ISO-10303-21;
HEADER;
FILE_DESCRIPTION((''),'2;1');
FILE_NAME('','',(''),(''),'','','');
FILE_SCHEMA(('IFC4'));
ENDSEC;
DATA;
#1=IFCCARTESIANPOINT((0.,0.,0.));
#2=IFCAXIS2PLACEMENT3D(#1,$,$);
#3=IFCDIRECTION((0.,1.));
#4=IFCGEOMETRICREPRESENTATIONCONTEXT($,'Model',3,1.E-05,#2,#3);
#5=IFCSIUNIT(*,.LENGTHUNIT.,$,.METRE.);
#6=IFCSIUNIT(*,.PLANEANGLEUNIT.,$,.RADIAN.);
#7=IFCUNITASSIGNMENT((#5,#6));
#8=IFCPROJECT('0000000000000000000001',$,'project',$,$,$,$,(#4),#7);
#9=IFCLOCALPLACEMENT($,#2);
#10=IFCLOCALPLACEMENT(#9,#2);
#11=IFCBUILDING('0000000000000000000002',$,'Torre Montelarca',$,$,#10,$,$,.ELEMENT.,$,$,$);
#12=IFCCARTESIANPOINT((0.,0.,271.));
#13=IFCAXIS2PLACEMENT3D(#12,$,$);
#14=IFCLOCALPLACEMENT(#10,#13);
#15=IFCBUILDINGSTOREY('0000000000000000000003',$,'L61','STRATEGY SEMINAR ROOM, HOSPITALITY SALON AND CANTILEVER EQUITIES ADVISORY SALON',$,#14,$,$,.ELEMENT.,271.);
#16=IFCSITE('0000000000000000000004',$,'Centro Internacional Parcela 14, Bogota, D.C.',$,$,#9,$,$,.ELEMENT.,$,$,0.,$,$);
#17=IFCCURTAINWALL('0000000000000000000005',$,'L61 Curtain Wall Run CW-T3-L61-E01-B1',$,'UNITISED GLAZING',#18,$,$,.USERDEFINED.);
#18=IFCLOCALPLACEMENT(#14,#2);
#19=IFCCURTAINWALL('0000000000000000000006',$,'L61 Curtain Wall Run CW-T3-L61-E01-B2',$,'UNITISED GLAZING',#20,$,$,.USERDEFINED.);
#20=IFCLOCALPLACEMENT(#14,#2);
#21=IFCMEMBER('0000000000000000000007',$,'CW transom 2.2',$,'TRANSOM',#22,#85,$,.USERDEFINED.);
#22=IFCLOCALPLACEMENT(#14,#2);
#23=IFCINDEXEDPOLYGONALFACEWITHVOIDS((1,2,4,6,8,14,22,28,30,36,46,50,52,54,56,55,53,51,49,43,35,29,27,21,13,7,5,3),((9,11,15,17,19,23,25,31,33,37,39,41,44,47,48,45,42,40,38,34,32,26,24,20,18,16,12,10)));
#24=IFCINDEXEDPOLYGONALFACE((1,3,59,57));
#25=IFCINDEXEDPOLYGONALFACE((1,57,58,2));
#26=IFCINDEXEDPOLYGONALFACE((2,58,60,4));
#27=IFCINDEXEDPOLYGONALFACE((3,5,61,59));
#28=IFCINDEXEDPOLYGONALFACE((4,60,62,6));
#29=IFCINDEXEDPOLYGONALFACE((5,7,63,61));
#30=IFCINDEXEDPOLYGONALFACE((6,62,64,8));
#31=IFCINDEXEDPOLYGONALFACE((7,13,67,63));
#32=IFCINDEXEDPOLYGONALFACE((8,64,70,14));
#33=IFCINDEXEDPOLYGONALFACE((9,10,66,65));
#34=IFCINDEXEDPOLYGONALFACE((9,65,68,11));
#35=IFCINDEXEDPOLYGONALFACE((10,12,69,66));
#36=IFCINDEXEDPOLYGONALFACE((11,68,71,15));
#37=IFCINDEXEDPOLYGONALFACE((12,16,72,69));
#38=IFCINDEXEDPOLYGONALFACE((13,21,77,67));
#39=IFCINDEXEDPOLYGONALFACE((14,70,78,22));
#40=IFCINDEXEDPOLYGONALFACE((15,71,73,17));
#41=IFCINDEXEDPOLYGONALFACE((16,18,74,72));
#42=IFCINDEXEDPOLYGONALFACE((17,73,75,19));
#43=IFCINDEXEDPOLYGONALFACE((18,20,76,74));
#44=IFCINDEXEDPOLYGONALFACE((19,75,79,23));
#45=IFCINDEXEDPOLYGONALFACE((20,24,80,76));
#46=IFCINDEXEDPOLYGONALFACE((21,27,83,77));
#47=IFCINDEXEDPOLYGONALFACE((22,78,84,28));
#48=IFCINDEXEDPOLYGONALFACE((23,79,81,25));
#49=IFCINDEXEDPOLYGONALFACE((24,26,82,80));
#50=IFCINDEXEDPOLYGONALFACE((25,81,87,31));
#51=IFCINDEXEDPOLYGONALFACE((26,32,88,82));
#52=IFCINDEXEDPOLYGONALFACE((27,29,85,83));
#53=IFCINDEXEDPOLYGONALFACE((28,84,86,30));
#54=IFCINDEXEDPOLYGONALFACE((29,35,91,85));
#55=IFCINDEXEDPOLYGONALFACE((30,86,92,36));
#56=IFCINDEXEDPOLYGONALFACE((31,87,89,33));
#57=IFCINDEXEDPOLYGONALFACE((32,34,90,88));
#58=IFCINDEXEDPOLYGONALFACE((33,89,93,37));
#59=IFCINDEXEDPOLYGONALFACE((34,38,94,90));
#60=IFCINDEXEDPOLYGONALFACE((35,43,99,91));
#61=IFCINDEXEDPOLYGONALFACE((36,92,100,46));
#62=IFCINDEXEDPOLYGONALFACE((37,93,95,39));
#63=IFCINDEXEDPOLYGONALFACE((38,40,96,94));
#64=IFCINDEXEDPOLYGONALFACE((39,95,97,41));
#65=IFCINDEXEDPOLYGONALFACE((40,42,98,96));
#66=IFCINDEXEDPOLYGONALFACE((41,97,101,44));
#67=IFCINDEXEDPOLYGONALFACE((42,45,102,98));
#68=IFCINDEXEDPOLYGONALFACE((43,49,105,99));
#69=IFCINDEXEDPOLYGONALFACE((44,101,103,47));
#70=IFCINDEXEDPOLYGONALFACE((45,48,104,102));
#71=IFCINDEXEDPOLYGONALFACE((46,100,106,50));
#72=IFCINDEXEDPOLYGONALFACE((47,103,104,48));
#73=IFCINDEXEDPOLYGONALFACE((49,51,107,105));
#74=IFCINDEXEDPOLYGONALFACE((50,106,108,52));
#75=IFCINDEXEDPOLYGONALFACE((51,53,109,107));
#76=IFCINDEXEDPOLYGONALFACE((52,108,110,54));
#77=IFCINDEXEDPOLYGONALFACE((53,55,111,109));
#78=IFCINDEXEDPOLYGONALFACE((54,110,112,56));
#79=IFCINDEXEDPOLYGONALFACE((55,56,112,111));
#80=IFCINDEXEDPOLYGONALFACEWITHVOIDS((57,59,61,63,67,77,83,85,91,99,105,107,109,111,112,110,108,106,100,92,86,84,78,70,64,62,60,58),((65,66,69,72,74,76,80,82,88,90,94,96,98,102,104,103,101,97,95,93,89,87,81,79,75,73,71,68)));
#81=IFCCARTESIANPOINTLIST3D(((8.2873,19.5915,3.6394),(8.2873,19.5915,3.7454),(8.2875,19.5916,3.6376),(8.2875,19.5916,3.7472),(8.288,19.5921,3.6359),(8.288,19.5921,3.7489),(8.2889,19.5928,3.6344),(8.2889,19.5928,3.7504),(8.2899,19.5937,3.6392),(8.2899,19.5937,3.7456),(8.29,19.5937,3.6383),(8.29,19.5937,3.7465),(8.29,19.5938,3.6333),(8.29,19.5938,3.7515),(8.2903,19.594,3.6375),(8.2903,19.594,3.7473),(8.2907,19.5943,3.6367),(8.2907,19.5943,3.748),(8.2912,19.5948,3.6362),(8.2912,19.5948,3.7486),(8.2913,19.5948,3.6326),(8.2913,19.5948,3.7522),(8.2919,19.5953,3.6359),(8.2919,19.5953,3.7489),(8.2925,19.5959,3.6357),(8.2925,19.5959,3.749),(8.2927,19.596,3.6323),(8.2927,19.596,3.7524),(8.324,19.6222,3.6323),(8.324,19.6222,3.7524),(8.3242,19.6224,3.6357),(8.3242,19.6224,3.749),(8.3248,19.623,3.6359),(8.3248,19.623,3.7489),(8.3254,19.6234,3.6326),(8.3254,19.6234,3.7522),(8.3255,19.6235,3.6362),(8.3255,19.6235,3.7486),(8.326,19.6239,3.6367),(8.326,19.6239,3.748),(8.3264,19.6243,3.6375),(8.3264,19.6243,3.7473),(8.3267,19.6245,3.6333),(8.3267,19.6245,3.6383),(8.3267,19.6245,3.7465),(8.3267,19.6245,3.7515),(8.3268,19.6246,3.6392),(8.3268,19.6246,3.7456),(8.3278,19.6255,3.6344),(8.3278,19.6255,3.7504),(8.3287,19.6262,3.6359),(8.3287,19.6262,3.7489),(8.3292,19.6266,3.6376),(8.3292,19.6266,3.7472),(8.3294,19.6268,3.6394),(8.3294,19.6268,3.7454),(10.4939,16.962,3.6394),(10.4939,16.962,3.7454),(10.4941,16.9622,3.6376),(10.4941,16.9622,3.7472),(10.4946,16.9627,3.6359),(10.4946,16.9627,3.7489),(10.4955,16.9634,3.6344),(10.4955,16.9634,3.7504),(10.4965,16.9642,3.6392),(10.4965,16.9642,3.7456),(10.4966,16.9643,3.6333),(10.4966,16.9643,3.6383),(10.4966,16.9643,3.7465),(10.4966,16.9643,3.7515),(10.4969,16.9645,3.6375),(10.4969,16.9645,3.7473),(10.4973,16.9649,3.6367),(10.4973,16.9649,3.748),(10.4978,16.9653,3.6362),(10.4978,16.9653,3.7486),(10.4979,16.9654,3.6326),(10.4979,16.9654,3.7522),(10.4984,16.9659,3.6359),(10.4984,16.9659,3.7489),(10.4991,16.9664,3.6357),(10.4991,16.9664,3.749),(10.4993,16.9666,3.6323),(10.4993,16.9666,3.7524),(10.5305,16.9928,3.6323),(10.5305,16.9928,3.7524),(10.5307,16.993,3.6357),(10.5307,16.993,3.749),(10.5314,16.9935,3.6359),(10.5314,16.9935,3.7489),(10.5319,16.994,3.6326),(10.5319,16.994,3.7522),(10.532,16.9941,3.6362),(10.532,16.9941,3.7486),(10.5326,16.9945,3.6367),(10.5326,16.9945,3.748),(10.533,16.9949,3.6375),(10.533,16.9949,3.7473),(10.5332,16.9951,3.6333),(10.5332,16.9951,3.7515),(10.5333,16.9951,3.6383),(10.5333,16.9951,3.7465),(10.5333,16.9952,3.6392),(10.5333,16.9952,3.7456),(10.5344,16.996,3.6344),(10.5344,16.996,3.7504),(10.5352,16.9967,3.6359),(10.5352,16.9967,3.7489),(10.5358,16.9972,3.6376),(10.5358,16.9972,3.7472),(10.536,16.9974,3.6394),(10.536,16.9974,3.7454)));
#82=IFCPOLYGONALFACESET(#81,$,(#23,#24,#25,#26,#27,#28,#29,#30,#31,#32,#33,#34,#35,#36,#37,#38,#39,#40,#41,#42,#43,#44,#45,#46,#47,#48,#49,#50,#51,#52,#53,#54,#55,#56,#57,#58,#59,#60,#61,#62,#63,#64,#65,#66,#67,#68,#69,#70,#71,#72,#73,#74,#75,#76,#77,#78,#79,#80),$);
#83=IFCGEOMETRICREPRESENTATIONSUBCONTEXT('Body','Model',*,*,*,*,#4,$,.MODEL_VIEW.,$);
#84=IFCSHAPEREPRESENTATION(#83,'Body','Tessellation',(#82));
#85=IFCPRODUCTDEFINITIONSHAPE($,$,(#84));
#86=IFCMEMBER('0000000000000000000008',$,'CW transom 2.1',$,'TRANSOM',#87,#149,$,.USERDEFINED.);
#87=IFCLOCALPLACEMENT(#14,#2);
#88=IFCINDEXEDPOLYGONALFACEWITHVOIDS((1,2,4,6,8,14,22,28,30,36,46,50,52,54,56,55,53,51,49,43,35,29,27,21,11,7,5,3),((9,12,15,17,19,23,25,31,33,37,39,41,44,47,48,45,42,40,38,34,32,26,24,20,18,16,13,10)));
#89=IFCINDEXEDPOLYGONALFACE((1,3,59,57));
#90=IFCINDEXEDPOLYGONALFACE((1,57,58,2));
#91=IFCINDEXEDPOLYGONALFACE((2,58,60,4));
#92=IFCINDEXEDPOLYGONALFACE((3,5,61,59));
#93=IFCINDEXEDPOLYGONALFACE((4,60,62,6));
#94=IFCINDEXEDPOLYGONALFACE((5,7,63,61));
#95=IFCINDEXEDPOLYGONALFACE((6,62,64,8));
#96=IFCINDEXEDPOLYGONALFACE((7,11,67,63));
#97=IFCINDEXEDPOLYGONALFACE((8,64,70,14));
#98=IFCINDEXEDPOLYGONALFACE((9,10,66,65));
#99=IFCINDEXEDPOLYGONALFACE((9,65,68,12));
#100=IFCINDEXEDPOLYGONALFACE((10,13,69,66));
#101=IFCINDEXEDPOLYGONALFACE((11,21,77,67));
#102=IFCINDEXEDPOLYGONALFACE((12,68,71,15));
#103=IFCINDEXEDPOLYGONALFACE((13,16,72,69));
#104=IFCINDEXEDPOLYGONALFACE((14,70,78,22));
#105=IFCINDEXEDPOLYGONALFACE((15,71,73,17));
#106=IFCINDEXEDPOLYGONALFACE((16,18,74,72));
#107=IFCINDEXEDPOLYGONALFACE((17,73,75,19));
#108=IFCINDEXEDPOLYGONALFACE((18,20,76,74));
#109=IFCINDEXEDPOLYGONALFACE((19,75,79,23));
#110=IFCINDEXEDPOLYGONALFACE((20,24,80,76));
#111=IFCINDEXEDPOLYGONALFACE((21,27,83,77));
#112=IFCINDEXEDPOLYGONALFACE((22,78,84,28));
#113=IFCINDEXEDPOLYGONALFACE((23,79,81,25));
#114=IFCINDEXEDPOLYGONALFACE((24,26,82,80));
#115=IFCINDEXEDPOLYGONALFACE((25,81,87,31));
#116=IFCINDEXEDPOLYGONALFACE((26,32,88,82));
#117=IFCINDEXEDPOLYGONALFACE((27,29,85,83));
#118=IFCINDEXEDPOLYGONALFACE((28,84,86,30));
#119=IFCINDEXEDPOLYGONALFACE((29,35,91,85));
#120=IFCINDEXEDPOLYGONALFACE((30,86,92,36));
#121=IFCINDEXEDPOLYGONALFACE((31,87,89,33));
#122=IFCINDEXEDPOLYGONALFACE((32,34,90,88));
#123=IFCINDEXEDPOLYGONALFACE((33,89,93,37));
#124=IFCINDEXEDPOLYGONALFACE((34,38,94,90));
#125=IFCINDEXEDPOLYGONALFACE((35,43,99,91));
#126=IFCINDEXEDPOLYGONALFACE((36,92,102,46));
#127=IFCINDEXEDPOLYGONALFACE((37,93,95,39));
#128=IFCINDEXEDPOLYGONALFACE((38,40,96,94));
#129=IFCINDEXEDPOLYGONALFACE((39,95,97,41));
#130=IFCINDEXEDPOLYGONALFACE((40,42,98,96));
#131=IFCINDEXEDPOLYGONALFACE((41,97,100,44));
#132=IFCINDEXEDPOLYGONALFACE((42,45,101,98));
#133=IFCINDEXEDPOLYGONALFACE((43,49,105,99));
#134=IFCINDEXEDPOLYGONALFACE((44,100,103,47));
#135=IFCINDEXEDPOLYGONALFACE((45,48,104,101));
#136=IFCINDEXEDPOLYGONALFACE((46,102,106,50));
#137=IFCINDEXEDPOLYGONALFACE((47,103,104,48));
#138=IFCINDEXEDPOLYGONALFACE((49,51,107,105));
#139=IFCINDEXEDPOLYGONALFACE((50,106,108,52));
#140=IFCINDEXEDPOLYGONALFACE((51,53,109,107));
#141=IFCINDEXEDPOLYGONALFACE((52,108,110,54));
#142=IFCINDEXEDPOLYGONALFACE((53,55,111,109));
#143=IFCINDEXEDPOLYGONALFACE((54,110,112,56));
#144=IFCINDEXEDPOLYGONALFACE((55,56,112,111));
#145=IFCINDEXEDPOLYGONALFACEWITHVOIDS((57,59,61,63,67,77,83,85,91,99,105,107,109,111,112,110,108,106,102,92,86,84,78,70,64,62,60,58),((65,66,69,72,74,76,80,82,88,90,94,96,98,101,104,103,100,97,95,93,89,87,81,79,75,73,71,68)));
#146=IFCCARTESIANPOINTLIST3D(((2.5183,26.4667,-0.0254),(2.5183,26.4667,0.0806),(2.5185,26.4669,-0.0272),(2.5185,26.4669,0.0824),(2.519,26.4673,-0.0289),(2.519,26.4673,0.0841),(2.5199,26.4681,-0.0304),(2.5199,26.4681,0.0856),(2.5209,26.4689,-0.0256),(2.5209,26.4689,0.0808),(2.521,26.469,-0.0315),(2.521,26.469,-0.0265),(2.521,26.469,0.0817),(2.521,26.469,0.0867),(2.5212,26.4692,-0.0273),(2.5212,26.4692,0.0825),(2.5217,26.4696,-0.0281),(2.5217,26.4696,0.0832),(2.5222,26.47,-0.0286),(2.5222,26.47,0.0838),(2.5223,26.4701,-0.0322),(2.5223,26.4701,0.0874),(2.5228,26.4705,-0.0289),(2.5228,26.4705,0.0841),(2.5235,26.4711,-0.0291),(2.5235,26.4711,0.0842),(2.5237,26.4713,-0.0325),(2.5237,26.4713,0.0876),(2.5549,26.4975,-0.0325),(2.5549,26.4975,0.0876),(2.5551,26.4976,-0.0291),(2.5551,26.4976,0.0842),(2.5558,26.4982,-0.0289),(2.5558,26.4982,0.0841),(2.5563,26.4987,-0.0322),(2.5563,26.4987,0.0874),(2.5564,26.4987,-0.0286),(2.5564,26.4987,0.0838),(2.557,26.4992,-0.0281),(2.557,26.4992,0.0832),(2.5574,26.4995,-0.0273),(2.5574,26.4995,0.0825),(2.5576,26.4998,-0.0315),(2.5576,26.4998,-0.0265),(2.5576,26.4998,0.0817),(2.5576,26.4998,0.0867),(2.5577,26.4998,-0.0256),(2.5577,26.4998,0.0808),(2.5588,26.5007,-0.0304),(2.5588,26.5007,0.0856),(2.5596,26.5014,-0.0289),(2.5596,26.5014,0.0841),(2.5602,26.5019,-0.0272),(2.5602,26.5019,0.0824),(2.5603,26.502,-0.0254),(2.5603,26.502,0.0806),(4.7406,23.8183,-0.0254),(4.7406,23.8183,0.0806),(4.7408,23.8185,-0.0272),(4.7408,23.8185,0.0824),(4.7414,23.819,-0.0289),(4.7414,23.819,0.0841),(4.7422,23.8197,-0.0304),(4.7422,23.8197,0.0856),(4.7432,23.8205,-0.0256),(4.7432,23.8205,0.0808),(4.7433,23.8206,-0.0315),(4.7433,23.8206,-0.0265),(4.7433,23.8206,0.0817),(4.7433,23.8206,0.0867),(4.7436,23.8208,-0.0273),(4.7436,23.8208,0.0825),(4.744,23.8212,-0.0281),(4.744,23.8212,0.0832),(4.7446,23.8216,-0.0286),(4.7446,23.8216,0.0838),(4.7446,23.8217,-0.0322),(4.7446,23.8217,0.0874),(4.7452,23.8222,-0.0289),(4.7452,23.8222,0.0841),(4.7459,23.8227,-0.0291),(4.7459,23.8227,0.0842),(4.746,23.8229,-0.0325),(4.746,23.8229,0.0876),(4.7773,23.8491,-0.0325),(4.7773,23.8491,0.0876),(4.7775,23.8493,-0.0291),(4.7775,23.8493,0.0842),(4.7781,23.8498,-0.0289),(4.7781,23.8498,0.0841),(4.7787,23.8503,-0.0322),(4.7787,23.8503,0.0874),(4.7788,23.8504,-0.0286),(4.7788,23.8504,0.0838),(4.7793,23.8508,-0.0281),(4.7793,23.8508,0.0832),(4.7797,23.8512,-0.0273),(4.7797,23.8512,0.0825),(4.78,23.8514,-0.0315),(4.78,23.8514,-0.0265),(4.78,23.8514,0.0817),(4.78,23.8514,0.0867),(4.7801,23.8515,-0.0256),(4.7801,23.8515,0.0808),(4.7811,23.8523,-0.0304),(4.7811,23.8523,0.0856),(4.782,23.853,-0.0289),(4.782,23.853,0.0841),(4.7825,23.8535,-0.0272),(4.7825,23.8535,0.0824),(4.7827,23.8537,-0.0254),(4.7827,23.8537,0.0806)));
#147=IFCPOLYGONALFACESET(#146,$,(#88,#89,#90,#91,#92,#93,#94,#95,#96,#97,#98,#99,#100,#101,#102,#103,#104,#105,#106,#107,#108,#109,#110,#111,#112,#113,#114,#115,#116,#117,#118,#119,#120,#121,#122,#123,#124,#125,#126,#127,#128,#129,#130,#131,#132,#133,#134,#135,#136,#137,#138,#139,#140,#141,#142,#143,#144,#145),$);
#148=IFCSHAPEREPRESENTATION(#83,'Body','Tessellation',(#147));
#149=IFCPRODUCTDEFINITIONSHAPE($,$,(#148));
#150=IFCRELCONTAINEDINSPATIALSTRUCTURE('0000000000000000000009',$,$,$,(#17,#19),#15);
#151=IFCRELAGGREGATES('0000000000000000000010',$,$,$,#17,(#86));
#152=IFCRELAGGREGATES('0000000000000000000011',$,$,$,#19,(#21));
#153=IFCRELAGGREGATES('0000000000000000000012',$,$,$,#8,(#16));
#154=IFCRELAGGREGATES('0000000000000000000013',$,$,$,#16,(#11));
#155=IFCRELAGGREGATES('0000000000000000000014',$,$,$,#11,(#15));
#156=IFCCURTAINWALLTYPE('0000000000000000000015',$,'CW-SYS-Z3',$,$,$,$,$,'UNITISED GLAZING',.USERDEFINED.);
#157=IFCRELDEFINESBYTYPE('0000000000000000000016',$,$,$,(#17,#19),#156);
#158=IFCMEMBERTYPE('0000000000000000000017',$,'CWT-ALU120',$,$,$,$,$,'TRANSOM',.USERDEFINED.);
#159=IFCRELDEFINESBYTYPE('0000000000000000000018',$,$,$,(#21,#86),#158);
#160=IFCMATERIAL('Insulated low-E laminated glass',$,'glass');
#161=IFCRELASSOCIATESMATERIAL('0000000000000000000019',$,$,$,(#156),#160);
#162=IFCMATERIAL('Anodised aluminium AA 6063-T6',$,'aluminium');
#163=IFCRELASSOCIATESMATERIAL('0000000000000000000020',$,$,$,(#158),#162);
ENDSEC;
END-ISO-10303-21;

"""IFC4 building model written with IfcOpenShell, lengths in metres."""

from ifc_helpers import new_model, si_unit, direction, frame, origin, origin_2d, place, context, subcontext, project, spatial, hollow_rectangle, extrude, source, transform, mapped, material, material_profile, profile_set, type_object, element, aggregate, save


model = new_model("IFC4")

# Units and contexts
model_context = context("Model", 3, precision=1e-05, world=origin(), true_north=direction((0.0, 1.0)))
body_context = subcontext(model_context, "Body", "Model", "MODEL_VIEW")
ifc_project = project(units=[si_unit("LENGTHUNIT", "METRE"), si_unit("PLANEANGLEUNIT", "RADIAN")], contexts=[model_context])

# Site, building, storey
site_placement = place(None, origin())
site = spatial("IfcSite", under=ifc_project, at=site_placement, Name="Centro Internacional Parcela 14, Bogota, D.C.", CompositionType="ELEMENT", RefElevation=0.0)
building_placement = place(site_placement, origin())
building = spatial("IfcBuilding", under=site, at=building_placement, Name="Torre Montelarca", CompositionType="ELEMENT")
storey_placement = place(building_placement, frame((0.0, 0.0, 271.0)))
storey = spatial("IfcBuildingStorey", under=building, at=storey_placement, Name="L61", Description="STRATEGY SEMINAR ROOM, HOSPITALITY SALON AND CANTILEVER EQUITIES ADVISORY SALON", CompositionType="ELEMENT", Elevation=271.0)

# Curtain walls, member
ifc_material_1 = material(Name="Insulated low-E laminated glass", Category="glass")
curtain_wall_type = type_object("IfcCurtainWallType", Name="CW-SYS-Z3", ElementType="UNITISED GLAZING", PredefinedType="USERDEFINED", material=ifc_material_1)
curtain_wall_1_placement = place(storey_placement, origin())
curtain_wall_1 = element("IfcCurtainWall", 1, at=curtain_wall_1_placement, inside=storey, type_object=curtain_wall_type, Name="L61 Curtain Wall Run CW-T3-L61-E01-B1", ObjectType="UNITISED GLAZING", PredefinedType="USERDEFINED")
ifc_material_2 = material(Name="Anodised aluminium AA 6063-T6", Category="aluminium")
curtain_wall_2_placement = place(storey_placement, origin())
curtain_wall_2 = element("IfcCurtainWall", 2, at=curtain_wall_2_placement, inside=storey, type_object=curtain_wall_type, Name="L61 Curtain Wall Run CW-T3-L61-E01-B2", ObjectType="UNITISED GLAZING", PredefinedType="USERDEFINED")
ifc_material_profile_1 = material_profile(ifc_material_2, hollow_rectangle(XDim=0.0549, YDim=0.1201, WallThickness=0.0034, InnerFilletRadius=0.0034, OuterFilletRadius=0.0071, at=origin_2d()), Name="ALU55X120X3.5", Category="aluminium")
ifc_profile_set_1 = profile_set([ifc_material_profile_1], Name="Anodised aluminium AA 6063-T6")
member_type_1 = type_object("IfcMemberType", Name="CWT-ALU120", ElementType="TRANSOM", PredefinedType="USERDEFINED", material=ifc_profile_set_1)
shared_shape_1 = source(origin(), body_context, "Body", "SweptSolid", [
    extrude(hollow_rectangle(XDim=0.0549, YDim=0.1201, WallThickness=0.0034, InnerFilletRadius=0.0034, OuterFilletRadius=0.0071, at=origin_2d()), origin(), (0.0, 0.0, 1.0), 3.4326),
])
member_1_placement = place(storey_placement, frame((8.3083, 19.6091, 3.6924), z_axis=(0.642825, -0.766013, 0.0), x_axis=(0.766013, 0.642825, 0.0)))
member_1 = element("IfcMember", 3, at=member_1_placement, type_object=member_type_1, Name="CW transom 2.2", ObjectType="TRANSOM", PredefinedType="USERDEFINED", context=body_context, shape_type="MappedRepresentation", body=[
    mapped(shared_shape_1, transform((0.0, 0.0, 0.0), scale=1.0)),
])

# Member
shared_shape_2 = source(origin(), body_context, "Body", "SweptSolid", [
    extrude(hollow_rectangle(XDim=0.0549, YDim=0.1201, WallThickness=0.0034, InnerFilletRadius=0.0034, OuterFilletRadius=0.0071, at=origin_2d()), origin(), (0.0, 0.0, 1.0), 3.4573),
])
member_2_placement = place(storey_placement, frame((2.5393, 26.4844, 0.0276), z_axis=(0.642806, -0.766029, 0.0), x_axis=(0.766029, 0.642806, 0.0)))
member_2 = element("IfcMember", 4, at=member_2_placement, type_object=member_type_1, Name="CW transom 2.1", ObjectType="TRANSOM", PredefinedType="USERDEFINED", context=body_context, shape_type="MappedRepresentation", body=[
    mapped(shared_shape_2, transform((0.0, 0.0, 0.0), scale=1.0)),
])

aggregate(curtain_wall_1, [member_2])
aggregate(curtain_wall_2, [member_1])

save(model, "model.ifc")
